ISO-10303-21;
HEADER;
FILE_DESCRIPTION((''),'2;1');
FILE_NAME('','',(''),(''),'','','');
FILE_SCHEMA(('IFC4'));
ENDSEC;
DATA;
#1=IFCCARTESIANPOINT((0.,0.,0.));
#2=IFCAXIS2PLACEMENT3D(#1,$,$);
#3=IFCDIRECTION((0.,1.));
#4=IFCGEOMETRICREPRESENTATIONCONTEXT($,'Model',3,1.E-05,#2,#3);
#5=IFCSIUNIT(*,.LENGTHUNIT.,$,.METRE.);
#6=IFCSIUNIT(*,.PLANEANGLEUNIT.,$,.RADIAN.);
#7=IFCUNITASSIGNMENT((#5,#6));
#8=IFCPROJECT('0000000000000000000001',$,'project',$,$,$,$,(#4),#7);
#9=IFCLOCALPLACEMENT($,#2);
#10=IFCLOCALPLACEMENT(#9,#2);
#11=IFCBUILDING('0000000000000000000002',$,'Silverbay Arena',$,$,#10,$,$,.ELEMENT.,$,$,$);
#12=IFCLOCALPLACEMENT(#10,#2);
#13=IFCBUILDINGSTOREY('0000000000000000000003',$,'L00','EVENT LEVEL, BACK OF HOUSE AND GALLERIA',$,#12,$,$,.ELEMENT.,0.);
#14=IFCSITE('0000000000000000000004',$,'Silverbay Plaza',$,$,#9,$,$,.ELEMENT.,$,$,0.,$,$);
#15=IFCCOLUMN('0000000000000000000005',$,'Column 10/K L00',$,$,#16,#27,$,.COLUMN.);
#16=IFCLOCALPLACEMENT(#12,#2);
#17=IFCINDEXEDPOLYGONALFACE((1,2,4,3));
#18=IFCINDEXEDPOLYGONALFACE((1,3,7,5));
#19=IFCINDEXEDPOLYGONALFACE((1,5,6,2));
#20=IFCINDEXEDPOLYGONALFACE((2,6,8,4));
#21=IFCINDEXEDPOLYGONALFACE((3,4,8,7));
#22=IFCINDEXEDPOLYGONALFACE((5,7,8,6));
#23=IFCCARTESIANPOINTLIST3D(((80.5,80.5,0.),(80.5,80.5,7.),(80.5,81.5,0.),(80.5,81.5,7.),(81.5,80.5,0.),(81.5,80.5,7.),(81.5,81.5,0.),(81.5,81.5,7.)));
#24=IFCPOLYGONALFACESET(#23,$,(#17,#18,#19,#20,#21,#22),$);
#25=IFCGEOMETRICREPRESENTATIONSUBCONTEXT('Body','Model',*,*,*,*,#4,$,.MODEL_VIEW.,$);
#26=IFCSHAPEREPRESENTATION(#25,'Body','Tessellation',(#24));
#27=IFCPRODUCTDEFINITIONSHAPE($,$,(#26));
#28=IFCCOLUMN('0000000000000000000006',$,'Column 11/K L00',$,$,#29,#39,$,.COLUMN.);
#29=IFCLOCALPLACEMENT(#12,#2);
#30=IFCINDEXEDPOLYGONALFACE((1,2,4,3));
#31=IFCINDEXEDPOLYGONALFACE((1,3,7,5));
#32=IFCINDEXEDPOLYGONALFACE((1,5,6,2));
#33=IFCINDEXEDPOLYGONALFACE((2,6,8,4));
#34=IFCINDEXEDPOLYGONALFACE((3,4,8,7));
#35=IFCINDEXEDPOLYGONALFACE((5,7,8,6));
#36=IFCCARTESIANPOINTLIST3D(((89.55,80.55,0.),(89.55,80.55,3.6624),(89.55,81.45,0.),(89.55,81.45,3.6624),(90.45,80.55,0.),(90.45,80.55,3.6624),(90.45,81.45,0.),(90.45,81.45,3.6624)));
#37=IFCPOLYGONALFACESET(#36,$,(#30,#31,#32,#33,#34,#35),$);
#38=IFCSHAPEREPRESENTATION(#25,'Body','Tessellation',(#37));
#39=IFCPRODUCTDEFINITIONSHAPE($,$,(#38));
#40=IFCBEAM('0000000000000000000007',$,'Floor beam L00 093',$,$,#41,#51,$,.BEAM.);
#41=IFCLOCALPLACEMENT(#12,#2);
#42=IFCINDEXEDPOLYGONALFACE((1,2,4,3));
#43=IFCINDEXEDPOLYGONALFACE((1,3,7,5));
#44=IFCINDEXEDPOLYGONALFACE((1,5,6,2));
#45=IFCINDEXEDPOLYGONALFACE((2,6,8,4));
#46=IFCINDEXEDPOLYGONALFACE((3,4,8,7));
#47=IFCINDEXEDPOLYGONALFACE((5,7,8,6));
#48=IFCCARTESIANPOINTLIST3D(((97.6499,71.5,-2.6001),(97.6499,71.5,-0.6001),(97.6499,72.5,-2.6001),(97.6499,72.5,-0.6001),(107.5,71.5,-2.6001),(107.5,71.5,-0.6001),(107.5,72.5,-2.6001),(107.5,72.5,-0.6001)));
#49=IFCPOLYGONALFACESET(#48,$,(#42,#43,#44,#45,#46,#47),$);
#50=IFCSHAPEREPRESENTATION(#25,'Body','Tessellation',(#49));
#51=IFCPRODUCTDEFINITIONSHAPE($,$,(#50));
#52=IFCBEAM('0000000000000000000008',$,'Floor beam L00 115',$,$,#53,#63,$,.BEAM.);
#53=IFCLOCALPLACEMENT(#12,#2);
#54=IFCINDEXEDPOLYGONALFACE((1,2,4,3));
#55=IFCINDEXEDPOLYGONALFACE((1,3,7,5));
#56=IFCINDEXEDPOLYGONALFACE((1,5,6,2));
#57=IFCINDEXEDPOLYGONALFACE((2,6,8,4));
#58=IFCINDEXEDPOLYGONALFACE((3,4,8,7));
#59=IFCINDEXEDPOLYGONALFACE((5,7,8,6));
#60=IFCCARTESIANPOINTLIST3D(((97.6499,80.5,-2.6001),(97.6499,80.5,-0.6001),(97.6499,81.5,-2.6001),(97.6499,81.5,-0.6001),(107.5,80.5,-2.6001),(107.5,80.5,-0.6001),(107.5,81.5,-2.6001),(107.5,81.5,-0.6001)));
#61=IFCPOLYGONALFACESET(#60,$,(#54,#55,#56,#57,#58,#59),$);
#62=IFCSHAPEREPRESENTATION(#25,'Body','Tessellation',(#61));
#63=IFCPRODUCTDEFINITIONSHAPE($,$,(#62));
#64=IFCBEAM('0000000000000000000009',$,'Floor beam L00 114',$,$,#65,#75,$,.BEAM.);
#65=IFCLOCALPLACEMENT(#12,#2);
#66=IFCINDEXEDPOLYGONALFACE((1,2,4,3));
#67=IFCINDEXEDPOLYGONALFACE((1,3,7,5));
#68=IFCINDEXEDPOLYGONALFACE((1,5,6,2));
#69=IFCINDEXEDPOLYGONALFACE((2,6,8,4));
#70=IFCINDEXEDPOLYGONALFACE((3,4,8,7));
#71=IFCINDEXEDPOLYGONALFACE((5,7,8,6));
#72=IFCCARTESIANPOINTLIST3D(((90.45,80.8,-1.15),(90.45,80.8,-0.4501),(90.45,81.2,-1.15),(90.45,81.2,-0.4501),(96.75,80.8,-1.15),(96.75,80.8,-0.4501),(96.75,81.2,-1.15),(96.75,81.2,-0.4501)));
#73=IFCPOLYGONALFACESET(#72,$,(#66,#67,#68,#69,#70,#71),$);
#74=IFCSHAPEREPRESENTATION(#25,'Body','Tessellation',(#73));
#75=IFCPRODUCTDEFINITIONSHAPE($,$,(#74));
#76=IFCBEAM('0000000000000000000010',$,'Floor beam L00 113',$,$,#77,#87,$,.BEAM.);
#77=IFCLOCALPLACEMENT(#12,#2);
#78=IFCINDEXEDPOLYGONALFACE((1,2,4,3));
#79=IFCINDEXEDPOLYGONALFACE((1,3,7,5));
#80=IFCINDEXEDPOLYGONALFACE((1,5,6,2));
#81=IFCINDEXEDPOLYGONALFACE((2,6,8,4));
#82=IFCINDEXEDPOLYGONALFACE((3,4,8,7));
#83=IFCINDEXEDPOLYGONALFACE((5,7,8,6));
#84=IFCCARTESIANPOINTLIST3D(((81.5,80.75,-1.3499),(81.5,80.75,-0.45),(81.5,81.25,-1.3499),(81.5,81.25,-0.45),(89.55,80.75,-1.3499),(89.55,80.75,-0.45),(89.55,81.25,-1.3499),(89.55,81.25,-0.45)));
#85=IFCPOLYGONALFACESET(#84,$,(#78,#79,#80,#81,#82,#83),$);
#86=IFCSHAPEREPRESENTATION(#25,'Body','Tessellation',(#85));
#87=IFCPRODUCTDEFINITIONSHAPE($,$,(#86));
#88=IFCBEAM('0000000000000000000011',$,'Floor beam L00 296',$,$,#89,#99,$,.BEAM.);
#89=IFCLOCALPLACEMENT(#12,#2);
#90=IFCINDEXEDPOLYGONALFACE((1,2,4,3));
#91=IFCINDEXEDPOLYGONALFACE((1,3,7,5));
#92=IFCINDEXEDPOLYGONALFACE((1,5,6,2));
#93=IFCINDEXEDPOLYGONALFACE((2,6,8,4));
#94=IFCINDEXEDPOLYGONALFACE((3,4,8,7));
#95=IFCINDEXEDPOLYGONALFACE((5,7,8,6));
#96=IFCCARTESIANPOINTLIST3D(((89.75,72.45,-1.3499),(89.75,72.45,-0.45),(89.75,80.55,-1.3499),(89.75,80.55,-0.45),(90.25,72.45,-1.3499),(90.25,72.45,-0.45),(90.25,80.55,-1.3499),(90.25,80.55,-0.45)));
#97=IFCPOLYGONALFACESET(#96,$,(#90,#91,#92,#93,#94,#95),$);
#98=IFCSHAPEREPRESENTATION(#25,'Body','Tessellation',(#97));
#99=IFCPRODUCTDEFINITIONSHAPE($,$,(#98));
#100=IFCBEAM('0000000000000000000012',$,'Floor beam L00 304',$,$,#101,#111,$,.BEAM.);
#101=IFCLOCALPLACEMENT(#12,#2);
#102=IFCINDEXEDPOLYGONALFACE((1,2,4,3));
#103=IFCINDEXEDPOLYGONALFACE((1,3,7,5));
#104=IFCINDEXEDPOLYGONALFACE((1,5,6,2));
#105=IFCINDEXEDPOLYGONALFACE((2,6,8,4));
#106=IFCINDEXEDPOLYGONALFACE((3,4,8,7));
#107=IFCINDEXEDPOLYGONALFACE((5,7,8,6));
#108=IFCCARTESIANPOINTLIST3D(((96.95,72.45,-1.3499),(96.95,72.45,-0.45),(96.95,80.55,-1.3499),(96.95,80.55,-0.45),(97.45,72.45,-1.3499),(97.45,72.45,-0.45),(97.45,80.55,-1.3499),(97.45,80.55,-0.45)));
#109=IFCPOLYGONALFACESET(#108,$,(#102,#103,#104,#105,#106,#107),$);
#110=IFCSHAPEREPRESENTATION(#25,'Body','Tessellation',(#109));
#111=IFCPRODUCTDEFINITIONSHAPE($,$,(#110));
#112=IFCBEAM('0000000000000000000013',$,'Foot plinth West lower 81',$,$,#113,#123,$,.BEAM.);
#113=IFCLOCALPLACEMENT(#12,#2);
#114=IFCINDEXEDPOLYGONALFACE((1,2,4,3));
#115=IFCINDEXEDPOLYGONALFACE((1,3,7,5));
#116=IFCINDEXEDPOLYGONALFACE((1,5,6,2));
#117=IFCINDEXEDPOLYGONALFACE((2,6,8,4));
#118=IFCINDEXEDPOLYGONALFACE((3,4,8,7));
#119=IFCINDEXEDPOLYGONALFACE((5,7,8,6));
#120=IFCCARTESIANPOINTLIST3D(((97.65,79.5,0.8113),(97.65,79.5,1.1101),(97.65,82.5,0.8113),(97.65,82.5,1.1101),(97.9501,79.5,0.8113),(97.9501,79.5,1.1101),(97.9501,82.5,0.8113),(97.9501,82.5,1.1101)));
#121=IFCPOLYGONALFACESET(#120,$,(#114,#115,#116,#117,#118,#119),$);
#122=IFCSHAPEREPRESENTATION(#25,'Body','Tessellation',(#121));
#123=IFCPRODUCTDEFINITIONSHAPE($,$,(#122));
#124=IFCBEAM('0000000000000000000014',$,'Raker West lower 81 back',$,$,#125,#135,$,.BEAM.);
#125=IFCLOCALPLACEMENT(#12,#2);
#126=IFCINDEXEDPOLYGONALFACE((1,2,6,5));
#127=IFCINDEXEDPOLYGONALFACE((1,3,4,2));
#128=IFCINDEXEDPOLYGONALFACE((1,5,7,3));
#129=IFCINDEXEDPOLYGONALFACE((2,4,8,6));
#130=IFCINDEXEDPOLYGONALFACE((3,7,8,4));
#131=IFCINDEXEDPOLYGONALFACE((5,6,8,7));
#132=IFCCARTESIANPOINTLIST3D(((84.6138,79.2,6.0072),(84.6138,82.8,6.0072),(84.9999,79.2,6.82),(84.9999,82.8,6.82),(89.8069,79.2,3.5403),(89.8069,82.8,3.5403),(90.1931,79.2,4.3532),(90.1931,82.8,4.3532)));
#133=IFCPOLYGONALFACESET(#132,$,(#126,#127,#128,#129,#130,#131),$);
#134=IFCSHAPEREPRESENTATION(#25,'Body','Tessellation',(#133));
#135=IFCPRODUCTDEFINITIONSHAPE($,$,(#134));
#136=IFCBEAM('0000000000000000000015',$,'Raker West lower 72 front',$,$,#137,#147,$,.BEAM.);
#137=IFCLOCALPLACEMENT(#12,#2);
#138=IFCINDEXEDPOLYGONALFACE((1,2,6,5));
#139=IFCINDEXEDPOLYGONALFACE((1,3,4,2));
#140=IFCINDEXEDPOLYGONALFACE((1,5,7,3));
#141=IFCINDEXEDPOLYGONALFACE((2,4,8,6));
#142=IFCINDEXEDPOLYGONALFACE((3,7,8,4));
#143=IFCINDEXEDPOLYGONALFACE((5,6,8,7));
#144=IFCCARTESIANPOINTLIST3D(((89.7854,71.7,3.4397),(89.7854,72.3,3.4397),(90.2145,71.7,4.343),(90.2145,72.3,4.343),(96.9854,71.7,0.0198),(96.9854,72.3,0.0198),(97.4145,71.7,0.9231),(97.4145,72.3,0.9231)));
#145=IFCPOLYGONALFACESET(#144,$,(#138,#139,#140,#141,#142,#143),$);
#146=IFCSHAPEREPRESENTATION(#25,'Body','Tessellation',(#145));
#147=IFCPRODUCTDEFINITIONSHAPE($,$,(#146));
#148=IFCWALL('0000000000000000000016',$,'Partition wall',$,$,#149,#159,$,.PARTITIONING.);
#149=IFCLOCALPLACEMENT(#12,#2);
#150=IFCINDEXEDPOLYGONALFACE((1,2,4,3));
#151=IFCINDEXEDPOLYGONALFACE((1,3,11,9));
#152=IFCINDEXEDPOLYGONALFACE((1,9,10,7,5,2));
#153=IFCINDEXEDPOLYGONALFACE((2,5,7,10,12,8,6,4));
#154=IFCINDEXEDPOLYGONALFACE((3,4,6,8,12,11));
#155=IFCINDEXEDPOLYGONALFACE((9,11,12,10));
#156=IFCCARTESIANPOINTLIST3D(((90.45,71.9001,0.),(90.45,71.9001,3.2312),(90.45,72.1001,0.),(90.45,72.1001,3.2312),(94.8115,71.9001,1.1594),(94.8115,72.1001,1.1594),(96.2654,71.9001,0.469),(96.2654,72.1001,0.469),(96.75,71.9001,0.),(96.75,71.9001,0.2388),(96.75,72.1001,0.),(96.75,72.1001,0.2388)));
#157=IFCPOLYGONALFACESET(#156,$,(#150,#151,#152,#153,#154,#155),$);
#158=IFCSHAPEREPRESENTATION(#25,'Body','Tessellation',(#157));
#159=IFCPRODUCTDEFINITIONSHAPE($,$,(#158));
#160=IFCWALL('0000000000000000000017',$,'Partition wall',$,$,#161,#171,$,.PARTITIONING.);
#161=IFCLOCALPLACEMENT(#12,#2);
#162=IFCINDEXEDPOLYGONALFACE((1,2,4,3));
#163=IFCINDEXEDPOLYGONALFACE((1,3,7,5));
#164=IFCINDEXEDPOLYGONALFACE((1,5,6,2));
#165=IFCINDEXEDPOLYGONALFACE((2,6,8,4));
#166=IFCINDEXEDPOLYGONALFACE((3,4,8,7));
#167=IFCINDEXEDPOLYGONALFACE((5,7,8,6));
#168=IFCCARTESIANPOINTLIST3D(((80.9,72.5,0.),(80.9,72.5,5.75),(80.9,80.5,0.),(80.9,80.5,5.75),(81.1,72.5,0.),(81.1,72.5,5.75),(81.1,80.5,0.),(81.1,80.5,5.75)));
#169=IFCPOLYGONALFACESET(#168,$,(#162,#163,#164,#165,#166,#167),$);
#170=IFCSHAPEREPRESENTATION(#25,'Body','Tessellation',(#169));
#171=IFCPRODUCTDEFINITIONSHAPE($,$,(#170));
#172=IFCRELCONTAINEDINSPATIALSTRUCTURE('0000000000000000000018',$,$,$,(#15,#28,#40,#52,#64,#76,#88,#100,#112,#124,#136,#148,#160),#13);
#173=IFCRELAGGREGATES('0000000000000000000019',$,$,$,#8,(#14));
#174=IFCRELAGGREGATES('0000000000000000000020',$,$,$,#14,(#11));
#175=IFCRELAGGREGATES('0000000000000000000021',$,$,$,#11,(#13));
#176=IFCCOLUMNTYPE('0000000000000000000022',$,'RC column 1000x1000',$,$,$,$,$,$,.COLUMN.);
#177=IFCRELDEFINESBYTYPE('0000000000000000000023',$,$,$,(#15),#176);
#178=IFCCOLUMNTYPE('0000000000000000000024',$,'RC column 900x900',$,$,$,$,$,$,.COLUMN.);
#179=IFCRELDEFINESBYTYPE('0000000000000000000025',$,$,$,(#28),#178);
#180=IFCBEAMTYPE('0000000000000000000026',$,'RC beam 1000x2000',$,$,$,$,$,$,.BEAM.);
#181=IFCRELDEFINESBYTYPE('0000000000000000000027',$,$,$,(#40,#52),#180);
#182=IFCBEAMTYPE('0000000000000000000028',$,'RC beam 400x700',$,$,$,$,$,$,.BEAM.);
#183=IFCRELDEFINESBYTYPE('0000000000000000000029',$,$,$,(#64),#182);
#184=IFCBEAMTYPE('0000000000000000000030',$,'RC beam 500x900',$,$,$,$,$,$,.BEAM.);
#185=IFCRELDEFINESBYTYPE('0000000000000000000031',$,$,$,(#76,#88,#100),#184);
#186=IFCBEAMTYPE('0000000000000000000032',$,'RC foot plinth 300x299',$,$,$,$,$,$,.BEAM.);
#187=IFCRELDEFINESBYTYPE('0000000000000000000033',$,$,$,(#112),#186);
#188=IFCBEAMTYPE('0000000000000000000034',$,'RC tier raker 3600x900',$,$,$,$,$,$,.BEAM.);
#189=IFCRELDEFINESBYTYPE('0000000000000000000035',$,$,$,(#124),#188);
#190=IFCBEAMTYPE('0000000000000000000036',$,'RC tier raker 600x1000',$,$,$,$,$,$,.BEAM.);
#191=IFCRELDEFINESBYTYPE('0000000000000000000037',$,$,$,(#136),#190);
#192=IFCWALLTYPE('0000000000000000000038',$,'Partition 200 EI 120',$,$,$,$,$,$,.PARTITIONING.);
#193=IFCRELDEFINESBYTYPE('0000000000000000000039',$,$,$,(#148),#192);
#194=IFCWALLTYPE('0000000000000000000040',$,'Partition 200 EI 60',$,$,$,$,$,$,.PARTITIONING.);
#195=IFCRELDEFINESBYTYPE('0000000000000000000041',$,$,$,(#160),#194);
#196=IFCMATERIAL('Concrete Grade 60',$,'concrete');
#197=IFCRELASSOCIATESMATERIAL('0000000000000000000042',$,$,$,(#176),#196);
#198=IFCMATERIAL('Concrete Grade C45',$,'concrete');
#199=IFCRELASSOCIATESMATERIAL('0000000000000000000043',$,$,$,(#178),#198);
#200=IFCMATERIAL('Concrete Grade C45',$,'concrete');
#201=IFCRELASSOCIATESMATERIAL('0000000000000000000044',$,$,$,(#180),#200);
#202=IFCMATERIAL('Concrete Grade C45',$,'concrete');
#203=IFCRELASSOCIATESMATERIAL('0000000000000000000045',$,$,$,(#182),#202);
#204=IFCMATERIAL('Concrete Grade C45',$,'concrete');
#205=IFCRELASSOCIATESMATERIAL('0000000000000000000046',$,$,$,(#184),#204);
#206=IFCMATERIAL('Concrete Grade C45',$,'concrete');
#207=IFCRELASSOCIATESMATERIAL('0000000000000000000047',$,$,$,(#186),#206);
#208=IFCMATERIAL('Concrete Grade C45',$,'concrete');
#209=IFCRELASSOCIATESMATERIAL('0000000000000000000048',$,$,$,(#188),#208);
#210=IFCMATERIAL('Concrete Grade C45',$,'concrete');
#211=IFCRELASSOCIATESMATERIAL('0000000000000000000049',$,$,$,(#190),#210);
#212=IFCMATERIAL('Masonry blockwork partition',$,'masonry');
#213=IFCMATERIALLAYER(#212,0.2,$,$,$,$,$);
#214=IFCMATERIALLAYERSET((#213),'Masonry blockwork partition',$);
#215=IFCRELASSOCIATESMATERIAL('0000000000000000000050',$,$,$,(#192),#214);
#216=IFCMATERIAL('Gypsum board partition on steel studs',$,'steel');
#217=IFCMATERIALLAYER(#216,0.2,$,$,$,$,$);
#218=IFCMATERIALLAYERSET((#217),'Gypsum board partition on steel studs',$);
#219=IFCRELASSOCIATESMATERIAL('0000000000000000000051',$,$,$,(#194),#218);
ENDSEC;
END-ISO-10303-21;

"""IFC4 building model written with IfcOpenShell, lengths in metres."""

from ifc_helpers import new_model, si_unit, direction, frame, frame_2d, origin, origin_2d, place, context, subcontext, project, spatial, polyline, rectangle, outline, extrude, material, layer, layer_set, material_profile, profile_set, type_object, element, save


model = new_model("IFC4")

# Units and contexts
model_context = context("Model", 3, precision=1e-05, world=origin(), true_north=direction((0.0, 1.0)))
body_context = subcontext(model_context, "Body", "Model", "MODEL_VIEW")
ifc_project = project(units=[si_unit("LENGTHUNIT", "METRE"), si_unit("PLANEANGLEUNIT", "RADIAN")], contexts=[model_context])

# Site, building, storey
site_placement = place(None, origin())
site = spatial("IfcSite", under=ifc_project, at=site_placement, Name="Silverbay Plaza", CompositionType="ELEMENT", RefElevation=0.0)
building_placement = place(site_placement, origin())
building = spatial("IfcBuilding", under=site, at=building_placement, Name="Silverbay Arena", CompositionType="ELEMENT")
storey_placement = place(building_placement, origin())
storey = spatial("IfcBuildingStorey", under=building, at=storey_placement, Name="L00", Description="EVENT LEVEL, BACK OF HOUSE AND GALLERIA", CompositionType="ELEMENT", Elevation=0.0)

# Columns
ifc_material_1 = material(Name="Concrete Grade 60", Category="concrete")
ifc_material_profile_1 = material_profile(ifc_material_1, rectangle(XDim=1.0, YDim=1.0, at=origin_2d()), Name="RC 1000x1000")
ifc_profile_set_1 = profile_set([ifc_material_profile_1], Name="Concrete Grade 60")
column_type_1 = type_object("IfcColumnType", Name="RC column 1000x1000", PredefinedType="COLUMN", material=ifc_profile_set_1)
column_1_placement = place(storey_placement, frame((81.0, 81.0, 0.0), z_axis=(0.0, 0.0, 1.0), x_axis=(1.0, 0.0, 0.0)))
element("IfcColumn", 1, at=column_1_placement, inside=storey, type_object=column_type_1, Name="Column 10/K L00", PredefinedType="COLUMN", context=body_context, shape_type="SweptSolid", body=[
    extrude(rectangle(XDim=1.0, YDim=1.0, at=origin_2d()), origin(), (0.0, 0.0, 1.0), 7.0),
])
ifc_material_2 = material(Name="Concrete Grade C45", Category="concrete")
ifc_material_profile_2 = material_profile(ifc_material_2, rectangle(XDim=0.8999, YDim=0.8999, at=origin_2d()), Name="RC 900x900")
ifc_profile_set_2 = profile_set([ifc_material_profile_2], Name="Concrete Grade C45")
column_type_2 = type_object("IfcColumnType", Name="RC column 900x900", PredefinedType="COLUMN", material=ifc_profile_set_2)
column_2_placement = place(storey_placement, frame((90.0, 81.0, 0.0), z_axis=(0.0, 0.0, 1.0), x_axis=(1.0, 0.0, 0.0)))
element("IfcColumn", 2, at=column_2_placement, inside=storey, type_object=column_type_2, Name="Column 11/K L00", PredefinedType="COLUMN", context=body_context, shape_type="SweptSolid", body=[
    extrude(rectangle(XDim=0.8999, YDim=0.8999, at=origin_2d()), origin(), (0.0, 0.0, 1.0), 3.6624),
])

# Beams
ifc_material_3 = material(Name="Concrete Grade C45", Category="concrete")
ifc_material_profile_3 = material_profile(ifc_material_3, rectangle(XDim=1.0, YDim=2.0, at=origin_2d()), Name="RC 1000x2000")
ifc_profile_set_3 = profile_set([ifc_material_profile_3], Name="Concrete Grade C45")
beam_type_1 = type_object("IfcBeamType", Name="RC beam 1000x2000", PredefinedType="BEAM", material=ifc_profile_set_3)
for number, where, z_axis, x_axis, name in (
    (3, (97.6499, 72.0, -1.6001), (1.0, 0.0, 0.0), (0.0, 1.0, 0.0), "Floor beam L00 093"),
    (4, (97.6499, 81.0, -1.6001), (1.0, 0.0, 0.0), (0.0, 1.0, 0.0), "Floor beam L00 115"),
):
    element("IfcBeam", number, at=place(storey_placement, frame(where, z_axis=z_axis, x_axis=x_axis)), inside=storey, type_object=beam_type_1, Name=name, PredefinedType="BEAM", context=body_context, shape_type="SweptSolid", body=[
        extrude(rectangle(XDim=1.0, YDim=2.0, at=origin_2d()), origin(), (0.0, 0.0, 1.0), 9.8501),
    ])
ifc_material_4 = material(Name="Concrete Grade C45", Category="concrete")
ifc_material_profile_4 = material_profile(ifc_material_4, rectangle(XDim=0.3999, YDim=0.7, at=origin_2d()), Name="RC 400x700")
ifc_profile_set_4 = profile_set([ifc_material_profile_4], Name="Concrete Grade C45")
beam_type_2 = type_object("IfcBeamType", Name="RC beam 400x700", PredefinedType="BEAM", material=ifc_profile_set_4)
beam_1_placement = place(storey_placement, frame((90.45, 81.0, -0.8), z_axis=(1.0, 0.0, 0.0), x_axis=(0.0, 1.0, 0.0)))
element("IfcBeam", 5, at=beam_1_placement, inside=storey, type_object=beam_type_2, Name="Floor beam L00 114", PredefinedType="BEAM", context=body_context, shape_type="SweptSolid", body=[
    extrude(rectangle(XDim=0.3999, YDim=0.7, at=origin_2d()), origin(), (0.0, 0.0, 1.0), 6.3),
])
ifc_material_5 = material(Name="Concrete Grade C45", Category="concrete")
ifc_material_profile_5 = material_profile(ifc_material_5, rectangle(XDim=0.5, YDim=0.8999, at=origin_2d()), Name="RC 500x900")
ifc_profile_set_5 = profile_set([ifc_material_profile_5], Name="Concrete Grade C45")
beam_type_3 = type_object("IfcBeamType", Name="RC beam 500x900", PredefinedType="BEAM", material=ifc_profile_set_5)
beam_2_placement = place(storey_placement, frame((81.5, 81.0, -0.8999), z_axis=(1.0, 0.0, 0.0), x_axis=(0.0, 1.0, 0.0)))
element("IfcBeam", 6, at=beam_2_placement, inside=storey, type_object=beam_type_3, Name="Floor beam L00 113", PredefinedType="BEAM", context=body_context, shape_type="SweptSolid", body=[
    extrude(rectangle(XDim=0.5, YDim=0.8999, at=origin_2d()), origin(), (0.0, 0.0, 1.0), 8.05),
])
for number, where, z_axis, x_axis, name in (
    (7, (90.0, 72.45, -0.8999), (0.0, 1.0, 0.0), (-1.0, 0.0, 0.0), "Floor beam L00 296"),
    (8, (97.2, 72.45, -0.8999), (0.0, 1.0, 0.0), (-1.0, 0.0, 0.0), "Floor beam L00 304"),
):
    element("IfcBeam", number, at=place(storey_placement, frame(where, z_axis=z_axis, x_axis=x_axis)), inside=storey, type_object=beam_type_3, Name=name, PredefinedType="BEAM", context=body_context, shape_type="SweptSolid", body=[
        extrude(rectangle(XDim=0.5, YDim=0.8999, at=origin_2d()), origin(), (0.0, 0.0, 1.0), 8.1001),
    ])
ifc_material_6 = material(Name="Concrete Grade C45", Category="concrete")
ifc_material_profile_6 = material_profile(ifc_material_6, rectangle(XDim=0.3, YDim=0.2988, at=origin_2d()), Name="RC 300x299")
ifc_profile_set_6 = profile_set([ifc_material_profile_6], Name="Concrete Grade C45")
beam_type_4 = type_object("IfcBeamType", Name="RC foot plinth 300x299", PredefinedType="BEAM", material=ifc_profile_set_6)
beam_3_placement = place(storey_placement, frame((97.8, 79.5, 0.9607), z_axis=(0.0, 1.0, 0.0), x_axis=(-1.0, 0.0, 0.0)))
element("IfcBeam", 9, at=beam_3_placement, inside=storey, type_object=beam_type_4, Name="Foot plinth West lower 81", PredefinedType="BEAM", context=body_context, shape_type="SweptSolid", body=[
    extrude(rectangle(XDim=0.3, YDim=0.2988, at=origin_2d()), origin(), (0.0, 0.0, 1.0), 3.0),
])
ifc_material_7 = material(Name="Concrete Grade C45", Category="concrete")
ifc_material_profile_7 = material_profile(ifc_material_7, rectangle(XDim=3.6001, YDim=0.8999, at=origin_2d()), Name="RC 3600x900")
ifc_profile_set_7 = profile_set([ifc_material_profile_7], Name="Concrete Grade C45")
beam_type_5 = type_object("IfcBeamType", Name="RC tier raker 3600x900", PredefinedType="BEAM", material=ifc_profile_set_7)
beam_4_placement = place(storey_placement, frame((90.0, 81.0, 3.9468), z_axis=(-0.903273, 0.0, 0.429066), x_axis=(0.0, -1.0, 0.0)))
element("IfcBeam", 10, at=beam_4_placement, inside=storey, type_object=beam_type_5, Name="Raker West lower 81 back", PredefinedType="BEAM", context=body_context, shape_type="SweptSolid", body=[
    extrude(rectangle(XDim=3.6001, YDim=0.8999, at=origin_2d()), origin(), (0.0, 0.0, 1.0), 5.7493),
])
ifc_material_8 = material(Name="Concrete Grade C45", Category="concrete")
ifc_material_profile_8 = material_profile(ifc_material_8, rectangle(XDim=0.6001, YDim=1.0, at=origin_2d()), Name="RC 600x1000")
ifc_profile_set_8 = profile_set([ifc_material_profile_8], Name="Concrete Grade C45")
beam_type_6 = type_object("IfcBeamType", Name="RC tier raker 600x1000", PredefinedType="BEAM", material=ifc_profile_set_8)
beam_5_placement = place(storey_placement, frame((97.2, 72.0, 0.4714), z_axis=(-0.90328, 0.0, 0.429051), x_axis=(0.0, -1.0, 0.0)))
element("IfcBeam", 11, at=beam_5_placement, inside=storey, type_object=beam_type_6, Name="Raker West lower 72 front", PredefinedType="BEAM", context=body_context, shape_type="SweptSolid", body=[
    extrude(rectangle(XDim=0.6001, YDim=1.0, at=origin_2d()), origin(), (0.0, 0.0, 1.0), 7.9709),
])

# Walls
ifc_material_9 = material(Name="Masonry blockwork partition", Category="masonry")
ifc_layer_1 = layer(ifc_material_9, 0.2)
ifc_layer_set_1 = layer_set([ifc_layer_1], Name="Masonry blockwork partition")
wall_type_1 = type_object("IfcWallType", Name="Partition 200 EI 120", PredefinedType="PARTITIONING", material=ifc_layer_set_1)
wall_1_placement = place(storey_placement, frame((90.45, 72.0, 0.0), z_axis=(0.0, 0.0, 1.0), x_axis=(1.0, 0.0, 0.0)))
element("IfcWall", 12, at=wall_1_placement, inside=storey, type_object=wall_type_1, Name="Partition wall", PredefinedType="PARTITIONING", context=body_context, shape_type="SweptSolid", body=[
    extrude(outline(polyline([(0.0, 0.0), (6.3, 0.0), (6.3, 0.2388), (5.8154, 0.469), (4.3616, 1.1594), (0.0, 3.2312), (0.0, 0.0)])), frame((0.0, 0.1001, 0.0), z_axis=(0.0, -1.0, 0.0), x_axis=(1.0, 0.0, 0.0)), (0.0, 0.0, 1.0), 0.2),
])
ifc_material_10 = material(Name="Gypsum board partition on steel studs", Category="steel")
ifc_layer_2 = layer(ifc_material_10, 0.2)
ifc_layer_set_2 = layer_set([ifc_layer_2], Name="Gypsum board partition on steel studs")
wall_type_2 = type_object("IfcWallType", Name="Partition 200 EI 60", PredefinedType="PARTITIONING", material=ifc_layer_set_2)
wall_2_placement = place(storey_placement, frame((81.0, 72.5, 0.0), z_axis=(0.0, 0.0, 1.0), x_axis=(0.0, 1.0, 0.0)))
element("IfcWall", 13, at=wall_2_placement, inside=storey, type_object=wall_type_2, Name="Partition wall", PredefinedType="PARTITIONING", context=body_context, shape_type="SweptSolid", body=[
    extrude(rectangle(XDim=8.0, YDim=0.2, at=frame_2d((4.0, 0.0))), origin(), (0.0, 0.0, 1.0), 5.75),
])

save(model, "model.ifc")
